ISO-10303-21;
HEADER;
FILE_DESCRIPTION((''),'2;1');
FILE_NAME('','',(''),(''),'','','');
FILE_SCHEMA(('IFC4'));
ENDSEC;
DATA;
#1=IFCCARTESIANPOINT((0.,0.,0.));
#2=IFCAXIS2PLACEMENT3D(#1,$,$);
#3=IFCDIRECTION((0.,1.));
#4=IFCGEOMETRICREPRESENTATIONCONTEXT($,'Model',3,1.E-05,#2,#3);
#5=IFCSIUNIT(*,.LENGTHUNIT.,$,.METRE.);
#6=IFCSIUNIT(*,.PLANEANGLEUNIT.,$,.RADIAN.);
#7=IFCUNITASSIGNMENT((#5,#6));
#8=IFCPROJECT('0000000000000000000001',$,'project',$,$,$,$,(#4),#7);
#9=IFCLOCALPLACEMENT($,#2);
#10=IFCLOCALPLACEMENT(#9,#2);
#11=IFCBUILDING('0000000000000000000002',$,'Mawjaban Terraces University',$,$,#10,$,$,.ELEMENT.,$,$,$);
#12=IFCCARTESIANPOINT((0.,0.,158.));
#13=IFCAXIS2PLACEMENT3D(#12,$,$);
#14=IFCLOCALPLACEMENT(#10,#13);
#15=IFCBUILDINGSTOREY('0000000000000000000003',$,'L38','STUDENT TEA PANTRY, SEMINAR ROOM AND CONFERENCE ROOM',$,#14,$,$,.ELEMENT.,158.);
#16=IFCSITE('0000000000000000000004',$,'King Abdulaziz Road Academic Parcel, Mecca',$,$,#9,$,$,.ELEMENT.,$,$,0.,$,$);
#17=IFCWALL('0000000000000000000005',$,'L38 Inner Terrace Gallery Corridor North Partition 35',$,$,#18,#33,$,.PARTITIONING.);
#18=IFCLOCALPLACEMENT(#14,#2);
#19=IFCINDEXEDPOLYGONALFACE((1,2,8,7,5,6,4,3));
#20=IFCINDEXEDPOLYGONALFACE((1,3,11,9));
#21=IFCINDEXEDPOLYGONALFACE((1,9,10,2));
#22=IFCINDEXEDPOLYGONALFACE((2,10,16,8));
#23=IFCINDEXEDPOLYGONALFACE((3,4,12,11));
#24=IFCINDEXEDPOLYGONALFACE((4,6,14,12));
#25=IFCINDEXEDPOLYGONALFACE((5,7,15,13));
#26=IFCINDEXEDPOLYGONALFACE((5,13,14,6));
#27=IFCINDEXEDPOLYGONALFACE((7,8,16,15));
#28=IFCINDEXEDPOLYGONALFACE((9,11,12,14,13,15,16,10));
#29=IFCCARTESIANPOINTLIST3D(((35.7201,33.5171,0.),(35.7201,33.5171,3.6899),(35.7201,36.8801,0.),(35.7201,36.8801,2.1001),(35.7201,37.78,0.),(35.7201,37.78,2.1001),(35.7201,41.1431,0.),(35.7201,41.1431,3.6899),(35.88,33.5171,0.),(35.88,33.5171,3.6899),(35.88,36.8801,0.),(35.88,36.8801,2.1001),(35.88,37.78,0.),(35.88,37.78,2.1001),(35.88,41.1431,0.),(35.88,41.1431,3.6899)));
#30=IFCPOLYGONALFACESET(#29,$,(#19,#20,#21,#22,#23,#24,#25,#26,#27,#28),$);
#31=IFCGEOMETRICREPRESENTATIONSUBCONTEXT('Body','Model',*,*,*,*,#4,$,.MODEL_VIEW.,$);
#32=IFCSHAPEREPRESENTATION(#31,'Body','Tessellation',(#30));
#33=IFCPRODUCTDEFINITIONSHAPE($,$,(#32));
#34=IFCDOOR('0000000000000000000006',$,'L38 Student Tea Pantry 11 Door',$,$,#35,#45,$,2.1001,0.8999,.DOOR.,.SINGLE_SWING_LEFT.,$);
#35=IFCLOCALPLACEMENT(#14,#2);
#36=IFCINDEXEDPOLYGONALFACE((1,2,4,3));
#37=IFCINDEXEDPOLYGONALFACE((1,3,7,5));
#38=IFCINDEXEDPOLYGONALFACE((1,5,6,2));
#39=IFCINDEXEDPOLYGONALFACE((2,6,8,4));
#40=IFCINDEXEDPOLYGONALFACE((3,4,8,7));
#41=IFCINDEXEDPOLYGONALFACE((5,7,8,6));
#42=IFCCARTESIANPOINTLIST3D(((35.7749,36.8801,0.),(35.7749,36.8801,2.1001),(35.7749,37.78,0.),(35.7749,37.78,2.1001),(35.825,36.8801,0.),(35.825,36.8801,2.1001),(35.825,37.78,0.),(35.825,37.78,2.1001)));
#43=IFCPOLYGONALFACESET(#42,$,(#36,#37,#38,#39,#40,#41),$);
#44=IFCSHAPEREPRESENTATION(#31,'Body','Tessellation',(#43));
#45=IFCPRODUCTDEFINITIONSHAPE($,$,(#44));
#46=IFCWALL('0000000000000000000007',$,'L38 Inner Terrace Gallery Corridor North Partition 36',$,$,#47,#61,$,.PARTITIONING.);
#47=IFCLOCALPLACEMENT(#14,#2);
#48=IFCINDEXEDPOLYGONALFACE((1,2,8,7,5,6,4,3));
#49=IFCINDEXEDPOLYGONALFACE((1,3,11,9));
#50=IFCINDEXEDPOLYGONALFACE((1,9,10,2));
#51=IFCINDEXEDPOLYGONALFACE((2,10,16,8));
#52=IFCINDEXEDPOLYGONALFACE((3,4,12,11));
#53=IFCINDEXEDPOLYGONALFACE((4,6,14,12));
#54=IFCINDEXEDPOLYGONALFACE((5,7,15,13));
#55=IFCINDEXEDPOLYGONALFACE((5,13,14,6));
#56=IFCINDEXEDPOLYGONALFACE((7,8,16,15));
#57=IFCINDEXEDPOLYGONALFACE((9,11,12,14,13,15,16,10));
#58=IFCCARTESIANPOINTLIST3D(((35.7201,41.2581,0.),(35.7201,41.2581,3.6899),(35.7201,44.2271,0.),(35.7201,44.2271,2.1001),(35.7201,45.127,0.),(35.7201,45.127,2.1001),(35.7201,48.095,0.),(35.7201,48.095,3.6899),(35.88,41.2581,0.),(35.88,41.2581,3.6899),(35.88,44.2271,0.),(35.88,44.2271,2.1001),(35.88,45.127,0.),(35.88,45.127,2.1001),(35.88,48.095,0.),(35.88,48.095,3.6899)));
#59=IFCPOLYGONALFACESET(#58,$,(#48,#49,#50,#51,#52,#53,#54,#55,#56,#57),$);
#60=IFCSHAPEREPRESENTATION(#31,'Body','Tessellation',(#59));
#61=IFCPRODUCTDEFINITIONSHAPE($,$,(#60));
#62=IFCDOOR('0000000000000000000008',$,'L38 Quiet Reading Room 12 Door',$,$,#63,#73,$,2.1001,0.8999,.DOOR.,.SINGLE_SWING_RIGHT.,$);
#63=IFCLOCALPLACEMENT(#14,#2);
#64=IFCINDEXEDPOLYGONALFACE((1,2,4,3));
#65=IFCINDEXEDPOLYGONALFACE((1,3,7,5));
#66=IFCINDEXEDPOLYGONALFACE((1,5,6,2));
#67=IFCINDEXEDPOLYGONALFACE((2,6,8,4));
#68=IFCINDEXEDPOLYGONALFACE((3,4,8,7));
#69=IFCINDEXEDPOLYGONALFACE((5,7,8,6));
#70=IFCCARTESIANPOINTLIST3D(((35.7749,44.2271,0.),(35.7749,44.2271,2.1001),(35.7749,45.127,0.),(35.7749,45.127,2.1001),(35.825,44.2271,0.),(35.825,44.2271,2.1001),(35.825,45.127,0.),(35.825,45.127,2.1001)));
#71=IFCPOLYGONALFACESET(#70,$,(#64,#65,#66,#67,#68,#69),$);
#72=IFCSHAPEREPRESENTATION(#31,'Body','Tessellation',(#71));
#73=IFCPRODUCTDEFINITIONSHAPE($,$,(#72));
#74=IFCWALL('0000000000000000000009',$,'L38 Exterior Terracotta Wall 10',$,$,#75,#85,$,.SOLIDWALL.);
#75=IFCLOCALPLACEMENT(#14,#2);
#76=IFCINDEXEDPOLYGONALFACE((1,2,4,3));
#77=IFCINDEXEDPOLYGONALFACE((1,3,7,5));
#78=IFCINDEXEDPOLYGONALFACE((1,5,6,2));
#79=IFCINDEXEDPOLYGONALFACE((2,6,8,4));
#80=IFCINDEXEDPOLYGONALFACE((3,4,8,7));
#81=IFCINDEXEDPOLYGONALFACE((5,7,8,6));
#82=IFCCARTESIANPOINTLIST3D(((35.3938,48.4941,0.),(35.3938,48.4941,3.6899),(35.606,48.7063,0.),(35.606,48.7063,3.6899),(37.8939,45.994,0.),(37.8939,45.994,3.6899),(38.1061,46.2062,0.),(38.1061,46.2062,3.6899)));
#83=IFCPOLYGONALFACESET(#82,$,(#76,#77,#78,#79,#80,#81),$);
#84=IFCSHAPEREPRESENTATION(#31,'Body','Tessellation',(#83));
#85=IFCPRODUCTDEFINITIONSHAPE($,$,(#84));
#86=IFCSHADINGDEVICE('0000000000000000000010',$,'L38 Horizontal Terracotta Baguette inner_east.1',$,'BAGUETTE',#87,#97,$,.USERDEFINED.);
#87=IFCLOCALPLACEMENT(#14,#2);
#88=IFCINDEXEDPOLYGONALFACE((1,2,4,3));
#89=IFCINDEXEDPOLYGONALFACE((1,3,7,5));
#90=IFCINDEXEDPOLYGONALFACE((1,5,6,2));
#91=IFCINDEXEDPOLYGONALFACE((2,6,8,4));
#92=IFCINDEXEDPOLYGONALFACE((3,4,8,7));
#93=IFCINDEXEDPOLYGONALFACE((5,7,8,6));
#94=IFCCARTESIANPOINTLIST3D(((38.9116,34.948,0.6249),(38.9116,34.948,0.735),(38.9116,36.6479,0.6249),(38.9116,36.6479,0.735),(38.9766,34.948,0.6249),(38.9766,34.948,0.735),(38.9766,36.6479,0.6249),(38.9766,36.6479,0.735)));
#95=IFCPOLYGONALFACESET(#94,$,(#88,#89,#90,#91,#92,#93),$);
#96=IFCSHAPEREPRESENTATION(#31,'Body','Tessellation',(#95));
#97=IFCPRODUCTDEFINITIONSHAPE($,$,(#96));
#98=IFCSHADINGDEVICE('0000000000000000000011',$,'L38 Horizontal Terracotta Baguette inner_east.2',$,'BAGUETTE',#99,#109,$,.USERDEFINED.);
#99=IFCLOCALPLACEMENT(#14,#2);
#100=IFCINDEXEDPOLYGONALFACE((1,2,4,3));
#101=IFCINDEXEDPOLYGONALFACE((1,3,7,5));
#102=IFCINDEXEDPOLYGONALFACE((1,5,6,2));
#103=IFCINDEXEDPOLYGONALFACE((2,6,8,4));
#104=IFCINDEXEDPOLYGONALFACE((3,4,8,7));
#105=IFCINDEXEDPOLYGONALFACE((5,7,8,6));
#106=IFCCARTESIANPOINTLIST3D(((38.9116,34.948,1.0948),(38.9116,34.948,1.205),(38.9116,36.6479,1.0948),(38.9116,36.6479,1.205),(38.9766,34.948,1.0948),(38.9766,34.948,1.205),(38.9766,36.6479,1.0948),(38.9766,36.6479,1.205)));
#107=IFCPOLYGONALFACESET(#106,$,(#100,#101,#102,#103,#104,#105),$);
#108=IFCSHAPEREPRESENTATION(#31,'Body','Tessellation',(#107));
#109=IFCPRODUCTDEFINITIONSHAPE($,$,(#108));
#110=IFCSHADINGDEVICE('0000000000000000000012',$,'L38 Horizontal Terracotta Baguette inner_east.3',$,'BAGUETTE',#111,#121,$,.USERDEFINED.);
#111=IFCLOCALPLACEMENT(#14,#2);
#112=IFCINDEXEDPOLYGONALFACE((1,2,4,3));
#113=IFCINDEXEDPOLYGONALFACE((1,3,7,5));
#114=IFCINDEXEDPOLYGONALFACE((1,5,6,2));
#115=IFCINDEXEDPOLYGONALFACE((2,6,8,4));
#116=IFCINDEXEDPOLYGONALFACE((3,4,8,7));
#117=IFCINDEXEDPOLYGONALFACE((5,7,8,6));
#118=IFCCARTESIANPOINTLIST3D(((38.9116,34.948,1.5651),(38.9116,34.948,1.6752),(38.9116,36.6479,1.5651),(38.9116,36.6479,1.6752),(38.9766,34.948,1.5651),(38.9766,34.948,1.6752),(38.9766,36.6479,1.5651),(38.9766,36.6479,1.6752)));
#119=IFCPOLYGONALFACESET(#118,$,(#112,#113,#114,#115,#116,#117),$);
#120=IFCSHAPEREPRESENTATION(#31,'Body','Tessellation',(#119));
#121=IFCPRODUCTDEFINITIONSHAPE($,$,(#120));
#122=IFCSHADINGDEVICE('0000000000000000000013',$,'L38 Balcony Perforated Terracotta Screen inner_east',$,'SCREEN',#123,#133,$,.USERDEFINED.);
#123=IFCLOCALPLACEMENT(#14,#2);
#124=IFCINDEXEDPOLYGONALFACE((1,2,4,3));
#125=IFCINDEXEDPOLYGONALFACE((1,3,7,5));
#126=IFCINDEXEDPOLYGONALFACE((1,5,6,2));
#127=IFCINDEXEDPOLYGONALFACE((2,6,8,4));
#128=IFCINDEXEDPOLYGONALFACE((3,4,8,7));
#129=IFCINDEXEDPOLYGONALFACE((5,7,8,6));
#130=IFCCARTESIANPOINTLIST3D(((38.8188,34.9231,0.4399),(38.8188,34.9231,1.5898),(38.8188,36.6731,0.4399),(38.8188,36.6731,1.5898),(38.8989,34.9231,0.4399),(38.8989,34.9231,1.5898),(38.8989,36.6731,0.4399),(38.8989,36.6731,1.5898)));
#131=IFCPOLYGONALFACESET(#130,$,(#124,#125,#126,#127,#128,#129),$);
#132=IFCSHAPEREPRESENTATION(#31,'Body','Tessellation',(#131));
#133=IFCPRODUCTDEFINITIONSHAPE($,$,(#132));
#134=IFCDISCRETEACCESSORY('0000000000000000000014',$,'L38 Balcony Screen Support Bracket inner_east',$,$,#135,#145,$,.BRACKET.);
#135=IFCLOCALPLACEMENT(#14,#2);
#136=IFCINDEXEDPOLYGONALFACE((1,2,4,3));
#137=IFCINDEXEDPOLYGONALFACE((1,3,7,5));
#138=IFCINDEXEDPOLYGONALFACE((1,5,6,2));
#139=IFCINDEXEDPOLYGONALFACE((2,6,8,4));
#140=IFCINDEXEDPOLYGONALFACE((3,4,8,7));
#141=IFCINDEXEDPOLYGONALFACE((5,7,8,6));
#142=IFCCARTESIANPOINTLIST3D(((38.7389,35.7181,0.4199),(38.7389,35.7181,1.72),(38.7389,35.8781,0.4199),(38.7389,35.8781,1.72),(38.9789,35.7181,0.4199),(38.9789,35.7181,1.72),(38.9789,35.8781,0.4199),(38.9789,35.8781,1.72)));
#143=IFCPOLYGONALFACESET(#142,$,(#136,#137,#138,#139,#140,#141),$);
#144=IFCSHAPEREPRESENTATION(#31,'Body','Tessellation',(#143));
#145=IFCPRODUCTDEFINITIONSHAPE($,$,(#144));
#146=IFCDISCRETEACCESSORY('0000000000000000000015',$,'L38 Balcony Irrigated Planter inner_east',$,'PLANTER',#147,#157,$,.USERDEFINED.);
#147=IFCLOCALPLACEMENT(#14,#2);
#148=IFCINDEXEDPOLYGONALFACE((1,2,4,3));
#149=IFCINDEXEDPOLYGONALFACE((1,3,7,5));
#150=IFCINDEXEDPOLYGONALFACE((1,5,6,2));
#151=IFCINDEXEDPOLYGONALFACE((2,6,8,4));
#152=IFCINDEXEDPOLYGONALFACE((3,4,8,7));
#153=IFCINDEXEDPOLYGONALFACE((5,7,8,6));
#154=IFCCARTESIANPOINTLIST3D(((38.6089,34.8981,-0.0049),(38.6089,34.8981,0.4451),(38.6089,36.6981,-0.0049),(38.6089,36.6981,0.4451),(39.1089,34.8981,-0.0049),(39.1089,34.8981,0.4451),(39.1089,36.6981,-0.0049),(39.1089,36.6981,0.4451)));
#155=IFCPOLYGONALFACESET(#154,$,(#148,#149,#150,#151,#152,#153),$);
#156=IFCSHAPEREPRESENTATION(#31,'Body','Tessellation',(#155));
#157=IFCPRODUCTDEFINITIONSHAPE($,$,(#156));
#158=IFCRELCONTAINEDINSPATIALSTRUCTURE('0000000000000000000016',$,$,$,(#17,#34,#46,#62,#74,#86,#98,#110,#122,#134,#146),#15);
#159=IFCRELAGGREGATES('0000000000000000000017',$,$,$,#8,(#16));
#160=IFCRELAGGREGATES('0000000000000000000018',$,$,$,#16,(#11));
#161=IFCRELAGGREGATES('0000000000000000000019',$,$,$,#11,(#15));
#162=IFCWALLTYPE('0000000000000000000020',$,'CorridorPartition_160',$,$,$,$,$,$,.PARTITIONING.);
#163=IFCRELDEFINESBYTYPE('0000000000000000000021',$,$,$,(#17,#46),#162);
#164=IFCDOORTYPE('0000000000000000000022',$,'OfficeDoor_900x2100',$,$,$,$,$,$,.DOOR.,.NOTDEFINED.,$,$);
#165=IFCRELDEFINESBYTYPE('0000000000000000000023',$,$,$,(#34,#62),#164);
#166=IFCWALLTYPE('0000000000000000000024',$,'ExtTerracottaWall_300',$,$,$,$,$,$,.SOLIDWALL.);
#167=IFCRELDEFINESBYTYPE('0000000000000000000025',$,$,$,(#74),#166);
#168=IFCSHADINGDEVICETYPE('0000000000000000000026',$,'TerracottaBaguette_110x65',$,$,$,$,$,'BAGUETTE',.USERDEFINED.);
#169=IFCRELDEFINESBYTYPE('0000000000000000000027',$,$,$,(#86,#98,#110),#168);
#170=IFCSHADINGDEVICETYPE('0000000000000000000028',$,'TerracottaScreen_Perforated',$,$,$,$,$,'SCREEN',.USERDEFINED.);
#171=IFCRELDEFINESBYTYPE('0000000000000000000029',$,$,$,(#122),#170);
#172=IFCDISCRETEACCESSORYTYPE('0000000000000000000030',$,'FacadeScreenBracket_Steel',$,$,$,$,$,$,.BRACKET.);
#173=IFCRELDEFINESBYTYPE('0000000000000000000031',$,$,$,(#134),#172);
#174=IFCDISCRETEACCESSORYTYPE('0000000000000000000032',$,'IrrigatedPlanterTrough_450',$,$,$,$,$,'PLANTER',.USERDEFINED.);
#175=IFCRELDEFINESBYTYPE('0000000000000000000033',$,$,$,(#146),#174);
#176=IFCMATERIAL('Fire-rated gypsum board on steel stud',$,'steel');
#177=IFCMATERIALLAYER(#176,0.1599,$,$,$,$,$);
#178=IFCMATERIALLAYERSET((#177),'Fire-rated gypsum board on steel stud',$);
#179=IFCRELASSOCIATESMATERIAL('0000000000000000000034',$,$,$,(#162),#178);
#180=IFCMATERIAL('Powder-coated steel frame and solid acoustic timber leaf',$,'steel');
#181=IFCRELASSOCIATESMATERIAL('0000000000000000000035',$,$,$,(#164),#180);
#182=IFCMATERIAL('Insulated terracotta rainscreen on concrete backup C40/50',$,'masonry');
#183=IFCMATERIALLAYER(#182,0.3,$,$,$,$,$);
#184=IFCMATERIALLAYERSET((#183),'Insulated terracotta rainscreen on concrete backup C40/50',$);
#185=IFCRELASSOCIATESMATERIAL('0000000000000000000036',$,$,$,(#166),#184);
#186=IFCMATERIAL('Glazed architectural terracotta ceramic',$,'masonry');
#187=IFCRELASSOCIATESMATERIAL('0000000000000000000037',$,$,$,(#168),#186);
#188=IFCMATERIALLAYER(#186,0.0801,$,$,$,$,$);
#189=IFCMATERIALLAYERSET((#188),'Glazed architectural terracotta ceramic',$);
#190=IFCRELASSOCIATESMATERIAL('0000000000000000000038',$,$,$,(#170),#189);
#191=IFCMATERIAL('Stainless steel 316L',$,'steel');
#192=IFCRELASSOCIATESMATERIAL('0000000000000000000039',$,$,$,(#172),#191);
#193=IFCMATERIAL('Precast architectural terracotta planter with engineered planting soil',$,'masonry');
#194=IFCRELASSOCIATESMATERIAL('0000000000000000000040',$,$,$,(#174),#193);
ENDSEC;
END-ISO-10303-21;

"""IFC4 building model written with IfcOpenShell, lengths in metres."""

from ifc_helpers import new_model, si_unit, direction, frame, frame_2d, origin, origin_2d, place, context, subcontext, project, spatial, rectangle, extrude, material, layer, layer_set, material_profile, profile_set, type_object, element, fill, save


model = new_model("IFC4")

# Units and contexts
model_context = context("Model", 3, precision=1e-05, world=origin(), true_north=direction((0.0, 1.0)))
body_context = subcontext(model_context, "Body", "Model", "MODEL_VIEW")
ifc_project = project(units=[si_unit("LENGTHUNIT", "METRE"), si_unit("PLANEANGLEUNIT", "RADIAN")], contexts=[model_context])

# Site, building, storey
site_placement = place(None, origin())
site = spatial("IfcSite", under=ifc_project, at=site_placement, Name="King Abdulaziz Road Academic Parcel, Mecca", CompositionType="ELEMENT", RefElevation=0.0)
building_placement = place(site_placement, origin())
building = spatial("IfcBuilding", under=site, at=building_placement, Name="Mawjaban Terraces University", CompositionType="ELEMENT")
storey_placement = place(building_placement, frame((0.0, 0.0, 158.0)))
storey = spatial("IfcBuildingStorey", under=building, at=storey_placement, Name="L38", Description="STUDENT TEA PANTRY, SEMINAR ROOM AND CONFERENCE ROOM", CompositionType="ELEMENT", Elevation=158.0)

# Shared definitions
ifc_material_1 = material(Name="Fire-rated gypsum board on steel stud", Category="steel")
ifc_layer_1 = layer(ifc_material_1, 0.1599)
ifc_layer_set_1 = layer_set([ifc_layer_1], Name="Fire-rated gypsum board on steel stud")
wall_type_1 = type_object("IfcWallType", Name="CorridorPartition_160", PredefinedType="PARTITIONING", material=ifc_layer_set_1)

# Walls, openings, doors
wall_1_placement = place(storey_placement, frame((35.8, 41.1431, 0.0), z_axis=(0.0, 0.0, 1.0), x_axis=(0.0, -1.0, 0.0)))
wall_1 = element("IfcWall", 1, at=wall_1_placement, inside=storey, type_object=wall_type_1, Name="L38 Inner Terrace Gallery Corridor North Partition 35", PredefinedType="PARTITIONING", context=body_context, shape_type="SweptSolid", body=[
    extrude(rectangle(XDim=7.626, YDim=0.1599, at=frame_2d((3.813, 0.0))), origin(), (0.0, 0.0, 1.0), 3.6899),
])
opening_1_placement = place(wall_1_placement, frame((3.363, 0.0, 0.0)))
opening_1 = element("IfcOpeningElement", 2, at=opening_1_placement, cuts=wall_1, PredefinedType="OPENING", context=body_context, shape_type="SweptSolid", body=[
    extrude(rectangle(XDim=0.8999, YDim=2.1001, at=frame_2d((0.45, 1.05))), frame((0.0, 0.0898, 0.0), z_axis=(0.0, -1.0, 0.0), x_axis=(1.0, 0.0, 0.0)), (0.0, 0.0, 1.0), 0.1799),
])
ifc_material_2 = material(Name="Powder-coated steel frame and solid acoustic timber leaf", Category="steel")
door_type = type_object("IfcDoorType", Name="OfficeDoor_900x2100", OperationType="NOTDEFINED", PredefinedType="DOOR", material=ifc_material_2)
door_1_placement = place(opening_1_placement, origin())
door_1 = element("IfcDoor", 3, at=door_1_placement, inside=storey, type_object=door_type, Name="L38 Student Tea Pantry 11 Door", OperationType="SINGLE_SWING_LEFT", OverallHeight=2.1001, OverallWidth=0.8999, PredefinedType="DOOR", context=body_context, shape_type="SweptSolid", body=[
    extrude(rectangle(XDim=0.8999, YDim=2.1001, at=frame_2d((0.45, 1.05))), frame((0.0, 0.0249, 0.0), z_axis=(0.0, -1.0, 0.0), x_axis=(1.0, 0.0, 0.0)), (0.0, 0.0, 1.0), 0.05),
])
fill(opening_1, door_1)
wall_2_placement = place(storey_placement, frame((35.8, 48.095, 0.0), z_axis=(0.0, 0.0, 1.0), x_axis=(0.0, -1.0, 0.0)))
wall_2 = element("IfcWall", 4, at=wall_2_placement, inside=storey, type_object=wall_type_1, Name="L38 Inner Terrace Gallery Corridor North Partition 36", PredefinedType="PARTITIONING", context=body_context, shape_type="SweptSolid", body=[
    extrude(rectangle(XDim=6.8369, YDim=0.1599, at=frame_2d((3.4185, 0.0))), origin(), (0.0, 0.0, 1.0), 3.6899),
])
opening_2_placement = place(wall_2_placement, frame((2.968, 0.0, 0.0)))
opening_2 = element("IfcOpeningElement", 5, at=opening_2_placement, cuts=wall_2, PredefinedType="OPENING", context=body_context, shape_type="SweptSolid", body=[
    extrude(rectangle(XDim=0.8999, YDim=2.1001, at=frame_2d((0.45, 1.05))), frame((0.0, 0.0898, 0.0), z_axis=(0.0, -1.0, 0.0), x_axis=(1.0, 0.0, 0.0)), (0.0, 0.0, 1.0), 0.1799),
])
door_2_placement = place(opening_2_placement, origin())
door_2 = element("IfcDoor", 6, at=door_2_placement, inside=storey, type_object=door_type, Name="L38 Quiet Reading Room 12 Door", OperationType="SINGLE_SWING_RIGHT", OverallHeight=2.1001, OverallWidth=0.8999, PredefinedType="DOOR", context=body_context, shape_type="SweptSolid", body=[
    extrude(rectangle(XDim=0.8999, YDim=2.1001, at=frame_2d((0.45, 1.05))), frame((0.0, 0.0249, 0.0), z_axis=(0.0, -1.0, 0.0), x_axis=(1.0, 0.0, 0.0)), (0.0, 0.0, 1.0), 0.05),
])
fill(opening_2, door_2)

# Wall
ifc_material_3 = material(Name="Insulated terracotta rainscreen on concrete backup C40/50", Category="masonry")
ifc_layer_2 = layer(ifc_material_3, 0.3)
ifc_layer_set_2 = layer_set([ifc_layer_2], Name="Insulated terracotta rainscreen on concrete backup C40/50")
wall_type_2 = type_object("IfcWallType", Name="ExtTerracottaWall_300", PredefinedType="SOLIDWALL", material=ifc_layer_set_2)
wall_3_placement = place(storey_placement, frame((38.0, 46.1001, 0.0), z_axis=(0.0, 0.0, 1.0), x_axis=(-0.707107, 0.707107, 0.0)))
element("IfcWall", 7, at=wall_3_placement, inside=storey, type_object=wall_type_2, Name="L38 Exterior Terracotta Wall 10", PredefinedType="SOLIDWALL", context=body_context, shape_type="SweptSolid", body=[
    extrude(rectangle(XDim=3.5356, YDim=0.3, at=frame_2d((1.7678, 0.0))), origin(), (0.0, 0.0, 1.0), 3.6899),
])

# Shading devices
ifc_material_4 = material(Name="Glazed architectural terracotta ceramic", Category="masonry")
ifc_material_profile_1 = material_profile(ifc_material_4, rectangle(XDim=0.0649, YDim=0.1101, at=origin_2d()), Name="TBAG110X65")
ifc_profile_set_1 = profile_set([ifc_material_profile_1], Name="Glazed architectural terracotta ceramic")
shading_device_type_1 = type_object("IfcShadingDeviceType", Name="TerracottaBaguette_110x65", ElementType="BAGUETTE", PredefinedType="USERDEFINED", material=ifc_profile_set_1)
for number, where, z_axis, x_axis, name in (
    (8, (38.9441, 34.948, 0.6799), (0.0, 1.0, 0.0), (-1.0, 0.0, 0.0), "L38 Horizontal Terracotta Baguette inner_east.1"),
    (9, (38.9441, 34.948, 1.1499), (0.0, 1.0, 0.0), (-1.0, 0.0, 0.0), "L38 Horizontal Terracotta Baguette inner_east.2"),
    (10, (38.9441, 34.948, 1.6201), (0.0, 1.0, 0.0), (-1.0, 0.0, 0.0), "L38 Horizontal Terracotta Baguette inner_east.3"),
):
    element("IfcShadingDevice", number, at=place(storey_placement, frame(where, z_axis=z_axis, x_axis=x_axis)), inside=storey, type_object=shading_device_type_1, Name=name, ObjectType="BAGUETTE", PredefinedType="USERDEFINED", context=body_context, shape_type="SweptSolid", body=[
        extrude(rectangle(XDim=0.0649, YDim=0.1101, at=origin_2d()), origin(), (0.0, 0.0, 1.0), 1.7),
    ])
ifc_layer_3 = layer(ifc_material_4, 0.0801)
ifc_layer_set_3 = layer_set([ifc_layer_3], Name="Glazed architectural terracotta ceramic")
shading_device_type_2 = type_object("IfcShadingDeviceType", Name="TerracottaScreen_Perforated", ElementType="SCREEN", PredefinedType="USERDEFINED", material=ifc_layer_set_3)
shading_device_placement = place(storey_placement, frame((38.8589, 35.7981, 0.4399), z_axis=(0.0, 0.0, 1.0), x_axis=(0.0, 1.0, 0.0)))
element("IfcShadingDevice", 11, at=shading_device_placement, inside=storey, type_object=shading_device_type_2, Name="L38 Balcony Perforated Terracotta Screen inner_east", ObjectType="SCREEN", PredefinedType="USERDEFINED", context=body_context, shape_type="SweptSolid", body=[
    extrude(rectangle(XDim=1.75, YDim=0.0801, at=origin_2d()), origin(), (0.0, 0.0, 1.0), 1.1499),
])

# Discrete accessories
ifc_material_5 = material(Name="Stainless steel 316L", Category="steel")
discrete_accessory_type_1 = type_object("IfcDiscreteAccessoryType", Name="FacadeScreenBracket_Steel", PredefinedType="BRACKET", material=ifc_material_5)
discrete_accessory_1_placement = place(storey_placement, frame((38.8589, 35.7981, 0.4199), z_axis=(0.0, 0.0, 1.0), x_axis=(0.0, 1.0, 0.0)))
element("IfcDiscreteAccessory", 12, at=discrete_accessory_1_placement, inside=storey, type_object=discrete_accessory_type_1, Name="L38 Balcony Screen Support Bracket inner_east", PredefinedType="BRACKET", context=body_context, shape_type="SweptSolid", body=[
    extrude(rectangle(XDim=0.1599, YDim=0.24, at=origin_2d()), origin(), (0.0, 0.0, 1.0), 1.3),
])
ifc_material_6 = material(Name="Precast architectural terracotta planter with engineered planting soil", Category="masonry")
discrete_accessory_type_2 = type_object("IfcDiscreteAccessoryType", Name="IrrigatedPlanterTrough_450", ElementType="PLANTER", PredefinedType="USERDEFINED", material=ifc_material_6)
discrete_accessory_2_placement = place(storey_placement, frame((38.8589, 35.7981, -0.0049), z_axis=(0.0, 0.0, 1.0), x_axis=(0.0, 1.0, 0.0)))
element("IfcDiscreteAccessory", 13, at=discrete_accessory_2_placement, inside=storey, type_object=discrete_accessory_type_2, Name="L38 Balcony Irrigated Planter inner_east", ObjectType="PLANTER", PredefinedType="USERDEFINED", context=body_context, shape_type="SweptSolid", body=[
    extrude(rectangle(XDim=1.8, YDim=0.5, at=origin_2d()), origin(), (0.0, 0.0, 1.0), 0.45),
])

save(model, "model.ifc")
